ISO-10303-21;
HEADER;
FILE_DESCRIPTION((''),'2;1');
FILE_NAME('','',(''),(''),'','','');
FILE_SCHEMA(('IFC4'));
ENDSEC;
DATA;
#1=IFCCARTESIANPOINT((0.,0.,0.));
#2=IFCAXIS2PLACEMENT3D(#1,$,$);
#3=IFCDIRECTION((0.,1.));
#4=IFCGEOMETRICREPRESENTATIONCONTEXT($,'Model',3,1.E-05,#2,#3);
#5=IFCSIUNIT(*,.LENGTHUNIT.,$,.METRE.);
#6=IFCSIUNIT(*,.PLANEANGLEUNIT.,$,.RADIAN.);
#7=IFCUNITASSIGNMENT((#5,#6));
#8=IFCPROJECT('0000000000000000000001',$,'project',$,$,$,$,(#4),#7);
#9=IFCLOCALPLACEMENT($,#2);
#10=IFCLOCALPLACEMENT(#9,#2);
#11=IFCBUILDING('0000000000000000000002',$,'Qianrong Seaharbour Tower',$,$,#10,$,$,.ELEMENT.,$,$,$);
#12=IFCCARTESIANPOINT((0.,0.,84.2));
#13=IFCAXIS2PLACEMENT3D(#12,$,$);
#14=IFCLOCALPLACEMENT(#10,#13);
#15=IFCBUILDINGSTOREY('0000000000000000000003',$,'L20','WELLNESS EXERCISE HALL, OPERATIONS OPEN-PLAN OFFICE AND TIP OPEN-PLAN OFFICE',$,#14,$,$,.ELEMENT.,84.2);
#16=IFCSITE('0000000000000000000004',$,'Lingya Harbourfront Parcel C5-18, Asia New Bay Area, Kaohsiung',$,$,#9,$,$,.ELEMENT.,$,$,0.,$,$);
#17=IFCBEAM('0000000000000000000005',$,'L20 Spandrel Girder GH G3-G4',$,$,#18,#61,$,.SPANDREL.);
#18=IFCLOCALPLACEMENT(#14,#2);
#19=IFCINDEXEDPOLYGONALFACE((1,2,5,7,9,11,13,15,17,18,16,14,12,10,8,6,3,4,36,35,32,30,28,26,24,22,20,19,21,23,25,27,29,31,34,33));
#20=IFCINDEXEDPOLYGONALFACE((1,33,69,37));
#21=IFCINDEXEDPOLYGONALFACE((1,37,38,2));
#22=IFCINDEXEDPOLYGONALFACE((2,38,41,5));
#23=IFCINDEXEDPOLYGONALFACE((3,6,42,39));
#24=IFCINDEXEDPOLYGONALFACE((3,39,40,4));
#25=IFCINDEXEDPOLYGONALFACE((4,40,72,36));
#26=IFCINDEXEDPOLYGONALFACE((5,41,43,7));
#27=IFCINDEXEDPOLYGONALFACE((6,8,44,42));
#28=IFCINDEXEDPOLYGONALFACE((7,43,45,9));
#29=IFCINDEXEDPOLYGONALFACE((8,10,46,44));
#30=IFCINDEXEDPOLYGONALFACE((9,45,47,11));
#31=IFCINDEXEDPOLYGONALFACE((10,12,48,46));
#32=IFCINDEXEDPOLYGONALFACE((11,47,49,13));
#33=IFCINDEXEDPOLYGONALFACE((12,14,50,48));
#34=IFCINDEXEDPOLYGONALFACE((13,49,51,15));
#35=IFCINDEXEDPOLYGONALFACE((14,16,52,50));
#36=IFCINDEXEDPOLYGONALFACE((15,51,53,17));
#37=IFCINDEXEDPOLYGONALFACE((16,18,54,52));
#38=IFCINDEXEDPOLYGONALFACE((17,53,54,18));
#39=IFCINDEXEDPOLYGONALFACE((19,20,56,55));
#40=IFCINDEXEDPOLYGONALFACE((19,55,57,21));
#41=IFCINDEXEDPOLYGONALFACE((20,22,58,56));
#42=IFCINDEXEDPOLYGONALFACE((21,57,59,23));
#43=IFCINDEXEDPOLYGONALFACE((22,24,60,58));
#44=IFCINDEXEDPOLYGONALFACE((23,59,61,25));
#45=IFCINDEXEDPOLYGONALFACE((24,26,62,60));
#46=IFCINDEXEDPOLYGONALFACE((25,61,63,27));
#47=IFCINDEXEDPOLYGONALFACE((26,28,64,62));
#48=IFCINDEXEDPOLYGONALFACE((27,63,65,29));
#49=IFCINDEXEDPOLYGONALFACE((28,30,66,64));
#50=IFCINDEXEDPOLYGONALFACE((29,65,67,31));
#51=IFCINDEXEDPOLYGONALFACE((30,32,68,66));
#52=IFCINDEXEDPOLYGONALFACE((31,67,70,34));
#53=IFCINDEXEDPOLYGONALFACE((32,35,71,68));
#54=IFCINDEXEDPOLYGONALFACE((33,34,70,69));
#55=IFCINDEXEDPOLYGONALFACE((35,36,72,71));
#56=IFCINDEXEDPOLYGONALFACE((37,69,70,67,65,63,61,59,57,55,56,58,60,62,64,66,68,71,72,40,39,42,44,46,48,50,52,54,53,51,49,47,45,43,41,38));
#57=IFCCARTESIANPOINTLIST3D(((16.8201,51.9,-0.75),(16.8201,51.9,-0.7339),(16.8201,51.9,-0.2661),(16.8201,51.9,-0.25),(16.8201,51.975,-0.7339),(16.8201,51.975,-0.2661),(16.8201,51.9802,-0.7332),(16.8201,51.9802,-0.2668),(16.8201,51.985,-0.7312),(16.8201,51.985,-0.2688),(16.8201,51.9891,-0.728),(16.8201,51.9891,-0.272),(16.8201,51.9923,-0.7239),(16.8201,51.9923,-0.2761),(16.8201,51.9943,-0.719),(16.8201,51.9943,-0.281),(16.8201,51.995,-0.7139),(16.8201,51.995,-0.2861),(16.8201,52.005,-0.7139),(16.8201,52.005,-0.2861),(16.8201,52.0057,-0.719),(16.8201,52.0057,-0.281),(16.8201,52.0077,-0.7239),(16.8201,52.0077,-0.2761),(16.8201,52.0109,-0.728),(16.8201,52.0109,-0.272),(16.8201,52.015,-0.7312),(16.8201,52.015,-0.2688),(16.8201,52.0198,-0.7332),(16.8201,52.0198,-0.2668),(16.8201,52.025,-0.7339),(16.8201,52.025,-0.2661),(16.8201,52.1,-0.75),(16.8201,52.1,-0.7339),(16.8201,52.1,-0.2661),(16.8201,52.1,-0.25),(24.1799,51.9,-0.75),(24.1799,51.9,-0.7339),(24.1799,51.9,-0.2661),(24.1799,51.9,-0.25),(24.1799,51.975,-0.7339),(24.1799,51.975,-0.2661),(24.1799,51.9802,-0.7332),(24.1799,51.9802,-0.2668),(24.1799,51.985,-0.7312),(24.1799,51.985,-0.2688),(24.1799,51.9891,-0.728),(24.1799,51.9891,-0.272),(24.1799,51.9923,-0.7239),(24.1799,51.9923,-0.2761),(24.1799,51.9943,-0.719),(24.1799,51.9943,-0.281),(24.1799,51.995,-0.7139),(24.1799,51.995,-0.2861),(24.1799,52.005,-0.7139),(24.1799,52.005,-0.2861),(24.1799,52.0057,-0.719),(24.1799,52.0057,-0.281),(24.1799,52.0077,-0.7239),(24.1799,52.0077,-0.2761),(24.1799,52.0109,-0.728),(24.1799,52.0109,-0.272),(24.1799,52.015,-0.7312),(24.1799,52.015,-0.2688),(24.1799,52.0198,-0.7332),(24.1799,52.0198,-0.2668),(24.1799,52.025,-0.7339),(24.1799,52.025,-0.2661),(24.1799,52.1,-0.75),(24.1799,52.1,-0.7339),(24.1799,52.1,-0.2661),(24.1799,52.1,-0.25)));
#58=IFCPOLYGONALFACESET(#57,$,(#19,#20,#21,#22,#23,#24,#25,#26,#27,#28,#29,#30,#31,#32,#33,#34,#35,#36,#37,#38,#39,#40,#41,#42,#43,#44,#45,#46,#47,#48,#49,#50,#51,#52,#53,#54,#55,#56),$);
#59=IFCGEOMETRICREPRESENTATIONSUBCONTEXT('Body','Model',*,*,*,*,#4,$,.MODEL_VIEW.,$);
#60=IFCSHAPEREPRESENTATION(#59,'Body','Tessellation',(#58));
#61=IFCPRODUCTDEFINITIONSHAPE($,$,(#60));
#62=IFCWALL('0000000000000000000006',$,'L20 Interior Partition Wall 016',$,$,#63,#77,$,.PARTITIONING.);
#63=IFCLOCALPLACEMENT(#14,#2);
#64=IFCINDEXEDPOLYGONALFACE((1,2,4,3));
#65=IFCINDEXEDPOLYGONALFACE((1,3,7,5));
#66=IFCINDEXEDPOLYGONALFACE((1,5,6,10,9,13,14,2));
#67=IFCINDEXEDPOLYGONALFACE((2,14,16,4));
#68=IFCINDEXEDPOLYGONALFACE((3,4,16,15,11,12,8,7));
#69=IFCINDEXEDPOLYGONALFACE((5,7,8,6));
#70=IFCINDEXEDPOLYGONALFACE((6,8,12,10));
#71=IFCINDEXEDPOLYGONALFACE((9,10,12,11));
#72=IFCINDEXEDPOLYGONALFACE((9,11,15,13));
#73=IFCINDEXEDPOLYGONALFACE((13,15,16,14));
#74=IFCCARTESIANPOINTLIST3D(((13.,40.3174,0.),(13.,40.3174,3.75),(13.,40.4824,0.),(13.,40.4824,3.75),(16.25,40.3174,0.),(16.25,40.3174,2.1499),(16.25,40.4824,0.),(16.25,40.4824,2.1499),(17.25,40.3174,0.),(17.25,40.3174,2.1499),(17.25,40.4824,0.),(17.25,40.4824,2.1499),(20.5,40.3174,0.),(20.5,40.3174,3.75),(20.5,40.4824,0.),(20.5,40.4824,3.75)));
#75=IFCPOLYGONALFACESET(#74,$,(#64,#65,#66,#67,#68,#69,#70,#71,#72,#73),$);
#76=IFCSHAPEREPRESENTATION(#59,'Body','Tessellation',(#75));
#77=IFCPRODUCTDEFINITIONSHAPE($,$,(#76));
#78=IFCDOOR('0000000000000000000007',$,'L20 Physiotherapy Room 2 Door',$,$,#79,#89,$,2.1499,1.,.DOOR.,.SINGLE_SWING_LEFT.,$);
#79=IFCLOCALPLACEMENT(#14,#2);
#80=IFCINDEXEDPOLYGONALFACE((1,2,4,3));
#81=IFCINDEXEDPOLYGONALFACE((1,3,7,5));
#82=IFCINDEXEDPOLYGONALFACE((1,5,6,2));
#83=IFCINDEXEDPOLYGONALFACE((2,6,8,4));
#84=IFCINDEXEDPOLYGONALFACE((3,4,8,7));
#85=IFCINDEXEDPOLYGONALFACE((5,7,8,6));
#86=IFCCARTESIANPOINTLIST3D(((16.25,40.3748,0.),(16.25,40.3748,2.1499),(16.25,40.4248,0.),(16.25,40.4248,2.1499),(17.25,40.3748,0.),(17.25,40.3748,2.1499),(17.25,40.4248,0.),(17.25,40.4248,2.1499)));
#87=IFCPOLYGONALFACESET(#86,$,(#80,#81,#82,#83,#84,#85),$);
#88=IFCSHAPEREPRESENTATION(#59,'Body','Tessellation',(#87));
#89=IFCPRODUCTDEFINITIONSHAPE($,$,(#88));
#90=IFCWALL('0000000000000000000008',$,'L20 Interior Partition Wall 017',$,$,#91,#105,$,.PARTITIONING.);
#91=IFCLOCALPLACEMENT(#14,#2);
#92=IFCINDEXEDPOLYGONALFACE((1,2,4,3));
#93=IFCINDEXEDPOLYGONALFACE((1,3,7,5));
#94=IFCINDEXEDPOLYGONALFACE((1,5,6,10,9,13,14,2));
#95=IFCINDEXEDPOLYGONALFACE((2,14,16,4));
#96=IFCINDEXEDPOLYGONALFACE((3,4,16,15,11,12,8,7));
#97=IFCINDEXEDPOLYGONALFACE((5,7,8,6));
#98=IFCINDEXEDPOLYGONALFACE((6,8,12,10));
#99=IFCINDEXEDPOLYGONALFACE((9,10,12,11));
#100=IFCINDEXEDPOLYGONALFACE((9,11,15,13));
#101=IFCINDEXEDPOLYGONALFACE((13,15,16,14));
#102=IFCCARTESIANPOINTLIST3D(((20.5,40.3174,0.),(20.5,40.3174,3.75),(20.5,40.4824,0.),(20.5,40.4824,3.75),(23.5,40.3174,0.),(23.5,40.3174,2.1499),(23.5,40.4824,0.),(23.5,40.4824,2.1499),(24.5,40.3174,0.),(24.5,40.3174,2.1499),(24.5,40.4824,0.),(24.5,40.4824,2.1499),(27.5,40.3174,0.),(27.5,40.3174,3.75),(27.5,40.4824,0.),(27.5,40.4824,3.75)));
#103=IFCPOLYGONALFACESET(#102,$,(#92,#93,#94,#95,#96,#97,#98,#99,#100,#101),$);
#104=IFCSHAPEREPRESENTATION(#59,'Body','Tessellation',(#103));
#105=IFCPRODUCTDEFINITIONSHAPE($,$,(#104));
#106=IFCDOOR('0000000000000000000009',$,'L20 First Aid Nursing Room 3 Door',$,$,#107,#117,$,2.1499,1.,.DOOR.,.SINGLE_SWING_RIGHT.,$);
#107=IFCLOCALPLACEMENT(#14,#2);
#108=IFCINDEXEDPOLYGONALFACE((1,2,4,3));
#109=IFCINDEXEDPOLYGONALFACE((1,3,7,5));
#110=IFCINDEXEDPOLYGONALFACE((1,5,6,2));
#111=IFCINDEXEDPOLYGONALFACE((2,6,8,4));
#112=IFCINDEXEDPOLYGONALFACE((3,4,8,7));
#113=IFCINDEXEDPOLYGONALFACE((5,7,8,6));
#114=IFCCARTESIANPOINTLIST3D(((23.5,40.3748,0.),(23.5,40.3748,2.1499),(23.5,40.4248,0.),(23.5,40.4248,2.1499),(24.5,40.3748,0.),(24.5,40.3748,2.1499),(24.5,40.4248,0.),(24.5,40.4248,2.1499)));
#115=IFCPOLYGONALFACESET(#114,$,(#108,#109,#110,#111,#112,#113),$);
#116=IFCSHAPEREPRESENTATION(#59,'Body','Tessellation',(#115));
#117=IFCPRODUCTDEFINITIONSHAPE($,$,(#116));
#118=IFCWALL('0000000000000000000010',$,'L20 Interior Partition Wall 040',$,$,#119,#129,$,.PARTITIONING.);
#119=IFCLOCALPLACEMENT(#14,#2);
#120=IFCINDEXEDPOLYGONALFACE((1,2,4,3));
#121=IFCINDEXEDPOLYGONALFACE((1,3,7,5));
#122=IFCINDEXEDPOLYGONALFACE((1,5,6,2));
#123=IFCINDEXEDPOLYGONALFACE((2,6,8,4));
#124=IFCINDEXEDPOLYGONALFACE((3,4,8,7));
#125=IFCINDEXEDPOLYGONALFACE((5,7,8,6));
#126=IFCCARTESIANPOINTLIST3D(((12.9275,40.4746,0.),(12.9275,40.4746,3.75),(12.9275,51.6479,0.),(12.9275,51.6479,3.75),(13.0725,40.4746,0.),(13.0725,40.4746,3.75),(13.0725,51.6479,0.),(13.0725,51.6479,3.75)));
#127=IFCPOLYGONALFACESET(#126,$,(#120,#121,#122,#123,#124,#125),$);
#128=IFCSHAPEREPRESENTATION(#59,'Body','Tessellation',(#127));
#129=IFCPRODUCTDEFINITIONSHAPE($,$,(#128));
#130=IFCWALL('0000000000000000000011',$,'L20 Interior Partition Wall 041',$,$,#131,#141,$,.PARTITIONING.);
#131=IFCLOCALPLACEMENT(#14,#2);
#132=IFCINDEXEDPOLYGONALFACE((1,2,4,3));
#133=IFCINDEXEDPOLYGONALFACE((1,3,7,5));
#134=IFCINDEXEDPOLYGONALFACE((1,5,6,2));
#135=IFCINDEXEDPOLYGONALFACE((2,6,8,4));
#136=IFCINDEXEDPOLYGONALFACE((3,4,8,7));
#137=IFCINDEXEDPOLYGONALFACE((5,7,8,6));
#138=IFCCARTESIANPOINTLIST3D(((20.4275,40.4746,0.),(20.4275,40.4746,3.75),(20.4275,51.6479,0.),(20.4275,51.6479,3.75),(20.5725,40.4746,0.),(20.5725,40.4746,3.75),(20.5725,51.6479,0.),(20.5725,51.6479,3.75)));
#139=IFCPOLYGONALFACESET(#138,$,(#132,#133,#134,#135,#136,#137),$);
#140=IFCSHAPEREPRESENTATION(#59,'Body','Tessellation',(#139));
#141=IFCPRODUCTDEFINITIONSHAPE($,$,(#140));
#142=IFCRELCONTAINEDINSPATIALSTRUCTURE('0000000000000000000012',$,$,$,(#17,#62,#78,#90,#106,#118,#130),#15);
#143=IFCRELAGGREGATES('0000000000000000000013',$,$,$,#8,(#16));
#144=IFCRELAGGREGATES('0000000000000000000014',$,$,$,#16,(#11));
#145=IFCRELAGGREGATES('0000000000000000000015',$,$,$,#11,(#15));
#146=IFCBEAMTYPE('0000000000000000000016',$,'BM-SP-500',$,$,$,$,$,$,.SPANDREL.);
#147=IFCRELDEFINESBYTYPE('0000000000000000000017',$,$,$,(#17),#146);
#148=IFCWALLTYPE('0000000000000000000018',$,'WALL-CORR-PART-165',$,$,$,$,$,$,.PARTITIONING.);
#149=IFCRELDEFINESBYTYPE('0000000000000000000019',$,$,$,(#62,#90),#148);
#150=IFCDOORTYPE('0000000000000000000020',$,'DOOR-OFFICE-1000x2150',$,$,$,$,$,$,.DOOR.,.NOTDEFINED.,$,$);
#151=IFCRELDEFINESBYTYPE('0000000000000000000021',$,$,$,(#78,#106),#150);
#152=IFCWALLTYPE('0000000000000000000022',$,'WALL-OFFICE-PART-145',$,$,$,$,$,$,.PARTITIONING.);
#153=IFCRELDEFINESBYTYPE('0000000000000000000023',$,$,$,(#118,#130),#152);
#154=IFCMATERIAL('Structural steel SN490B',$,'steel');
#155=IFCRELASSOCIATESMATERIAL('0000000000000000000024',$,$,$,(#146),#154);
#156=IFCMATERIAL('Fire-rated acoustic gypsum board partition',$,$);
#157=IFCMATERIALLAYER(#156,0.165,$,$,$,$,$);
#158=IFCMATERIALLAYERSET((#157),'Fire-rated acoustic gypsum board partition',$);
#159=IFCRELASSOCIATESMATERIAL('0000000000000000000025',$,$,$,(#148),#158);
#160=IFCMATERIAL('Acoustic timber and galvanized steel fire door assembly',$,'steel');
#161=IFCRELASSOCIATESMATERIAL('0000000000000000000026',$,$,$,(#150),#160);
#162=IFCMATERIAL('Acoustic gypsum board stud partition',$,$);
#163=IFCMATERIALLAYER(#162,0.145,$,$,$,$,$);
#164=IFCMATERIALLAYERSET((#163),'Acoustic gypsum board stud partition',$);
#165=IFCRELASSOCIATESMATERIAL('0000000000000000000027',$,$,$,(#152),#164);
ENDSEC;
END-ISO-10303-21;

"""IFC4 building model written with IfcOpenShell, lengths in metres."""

from ifc_helpers import new_model, si_unit, direction, frame, frame_2d, origin, origin_2d, place, context, subcontext, project, spatial, rectangle, i_section, extrude, material, layer, layer_set, material_profile, profile_set, type_object, element, fill, save


model = new_model("IFC4")

# Units and contexts
model_context = context("Model", 3, precision=1e-05, world=origin(), true_north=direction((0.0, 1.0)))
body_context = subcontext(model_context, "Body", "Model", "MODEL_VIEW")
ifc_project = project(units=[si_unit("LENGTHUNIT", "METRE"), si_unit("PLANEANGLEUNIT", "RADIAN")], contexts=[model_context])

# Site, building, storey
site_placement = place(None, origin())
site = spatial("IfcSite", under=ifc_project, at=site_placement, Name="Lingya Harbourfront Parcel C5-18, Asia New Bay Area, Kaohsiung", CompositionType="ELEMENT", RefElevation=0.0)
building_placement = place(site_placement, origin())
building = spatial("IfcBuilding", under=site, at=building_placement, Name="Qianrong Seaharbour Tower", CompositionType="ELEMENT")
storey_placement = place(building_placement, frame((0.0, 0.0, 84.2)))
storey = spatial("IfcBuildingStorey", under=building, at=storey_placement, Name="L20", Description="WELLNESS EXERCISE HALL, OPERATIONS OPEN-PLAN OFFICE AND TIP OPEN-PLAN OFFICE", CompositionType="ELEMENT", Elevation=84.2)

# Shared definitions
ifc_material_1 = material(Name="Structural steel SN490B", Category="steel")

# Beam
ifc_material_profile_1 = material_profile(ifc_material_1, i_section(OverallWidth=0.2, OverallDepth=0.5, WebThickness=0.01, FlangeThickness=0.0161, FilletRadius=0.02, at=origin_2d()), Name="H500x200x10x16")
ifc_profile_set_1 = profile_set([ifc_material_profile_1], Name="Structural steel SN490B")
beam_type_1 = type_object("IfcBeamType", Name="BM-SP-500", PredefinedType="SPANDREL", material=ifc_profile_set_1)
beam_1_placement = place(storey_placement, frame((16.8201, 52.0, -0.5), z_axis=(1.0, 0.0, 0.0), x_axis=(0.0, 1.0, 0.0)))
element("IfcBeam", 1, at=beam_1_placement, inside=storey, type_object=beam_type_1, Name="L20 Spandrel Girder GH G3-G4", PredefinedType="SPANDREL", context=body_context, shape_type="SweptSolid", body=[
    extrude(i_section(OverallWidth=0.2, OverallDepth=0.5, WebThickness=0.01, FlangeThickness=0.0161, FilletRadius=0.02, at=origin_2d()), origin(), (0.0, 0.0, 1.0), 7.3599),
])

# Walls, openings, doors
ifc_material_2 = material(Name="Fire-rated acoustic gypsum board partition")
ifc_layer_1 = layer(ifc_material_2, 0.165)
ifc_layer_set_1 = layer_set([ifc_layer_1], Name="Fire-rated acoustic gypsum board partition")
wall_type_1 = type_object("IfcWallType", Name="WALL-CORR-PART-165", PredefinedType="PARTITIONING", material=ifc_layer_set_1)
wall_1_placement = place(storey_placement, frame((13.0, 40.3999, 0.0), z_axis=(0.0, 0.0, 1.0), x_axis=(1.0, 0.0, 0.0)))
wall_1 = element("IfcWall", 2, at=wall_1_placement, inside=storey, type_object=wall_type_1, Name="L20 Interior Partition Wall 016", PredefinedType="PARTITIONING", context=body_context, shape_type="SweptSolid", body=[
    extrude(rectangle(XDim=7.5, YDim=0.165, at=frame_2d((3.75, 0.0))), origin(), (0.0, 0.0, 1.0), 3.75),
])
opening_1_placement = place(wall_1_placement, frame((3.25, 0.0, 0.0)))
opening_1 = element("IfcOpeningElement", 3, at=opening_1_placement, cuts=wall_1, PredefinedType="OPENING", context=body_context, shape_type="SweptSolid", body=[
    extrude(rectangle(XDim=1.0, YDim=2.1499, at=frame_2d((0.5, 1.075))), frame((0.0, 0.0925, 0.0), z_axis=(0.0, -1.0, 0.0), x_axis=(1.0, 0.0, 0.0)), (0.0, 0.0, 1.0), 0.1851),
])
ifc_material_3 = material(Name="Acoustic timber and galvanized steel fire door assembly", Category="steel")
door_type = type_object("IfcDoorType", Name="DOOR-OFFICE-1000x2150", OperationType="NOTDEFINED", PredefinedType="DOOR", material=ifc_material_3)
door_1_placement = place(opening_1_placement, origin())
door_1 = element("IfcDoor", 4, at=door_1_placement, inside=storey, type_object=door_type, Name="L20 Physiotherapy Room 2 Door", OperationType="SINGLE_SWING_LEFT", OverallHeight=2.1499, OverallWidth=1.0, PredefinedType="DOOR", context=body_context, shape_type="SweptSolid", body=[
    extrude(rectangle(XDim=1.0, YDim=2.1499, at=frame_2d((0.5, 1.075))), frame((0.0, 0.0249, 0.0), z_axis=(0.0, -1.0, 0.0), x_axis=(1.0, 0.0, 0.0)), (0.0, 0.0, 1.0), 0.05),
])
fill(opening_1, door_1)
wall_2_placement = place(storey_placement, frame((20.5, 40.3999, 0.0), z_axis=(0.0, 0.0, 1.0), x_axis=(1.0, 0.0, 0.0)))
wall_2 = element("IfcWall", 5, at=wall_2_placement, inside=storey, type_object=wall_type_1, Name="L20 Interior Partition Wall 017", PredefinedType="PARTITIONING", context=body_context, shape_type="SweptSolid", body=[
    extrude(rectangle(XDim=7.0, YDim=0.165, at=frame_2d((3.5, 0.0))), origin(), (0.0, 0.0, 1.0), 3.75),
])
opening_2_placement = place(wall_2_placement, frame((3.0, 0.0, 0.0)))
opening_2 = element("IfcOpeningElement", 6, at=opening_2_placement, cuts=wall_2, PredefinedType="OPENING", context=body_context, shape_type="SweptSolid", body=[
    extrude(rectangle(XDim=1.0, YDim=2.1499, at=frame_2d((0.5, 1.075))), frame((0.0, 0.0925, 0.0), z_axis=(0.0, -1.0, 0.0), x_axis=(1.0, 0.0, 0.0)), (0.0, 0.0, 1.0), 0.1851),
])
door_2_placement = place(opening_2_placement, origin())
door_2 = element("IfcDoor", 7, at=door_2_placement, inside=storey, type_object=door_type, Name="L20 First Aid Nursing Room 3 Door", OperationType="SINGLE_SWING_RIGHT", OverallHeight=2.1499, OverallWidth=1.0, PredefinedType="DOOR", context=body_context, shape_type="SweptSolid", body=[
    extrude(rectangle(XDim=1.0, YDim=2.1499, at=frame_2d((0.5, 1.075))), frame((0.0, 0.0249, 0.0), z_axis=(0.0, -1.0, 0.0), x_axis=(1.0, 0.0, 0.0)), (0.0, 0.0, 1.0), 0.05),
])
fill(opening_2, door_2)

# Walls
ifc_material_4 = material(Name="Acoustic gypsum board stud partition")
ifc_layer_2 = layer(ifc_material_4, 0.145)
ifc_layer_set_2 = layer_set([ifc_layer_2], Name="Acoustic gypsum board stud partition")
wall_type_2 = type_object("IfcWallType", Name="WALL-OFFICE-PART-145", PredefinedType="PARTITIONING", material=ifc_layer_set_2)
for number, where, z_axis, x_axis, name in (
    (8, (13.0, 51.6479, 0.0), (0.0, 0.0, 1.0), (0.0, -1.0, 0.0), "L20 Interior Partition Wall 040"),
    (9, (20.5, 51.6479, 0.0), (0.0, 0.0, 1.0), (0.0, -1.0, 0.0), "L20 Interior Partition Wall 041"),
):
    element("IfcWall", number, at=place(storey_placement, frame(where, z_axis=z_axis, x_axis=x_axis)), inside=storey, type_object=wall_type_2, Name=name, PredefinedType="PARTITIONING", context=body_context, shape_type="SweptSolid", body=[
        extrude(rectangle(XDim=11.1733, YDim=0.145, at=frame_2d((5.5867, 0.0))), origin(), (0.0, 0.0, 1.0), 3.75),
    ])

save(model, "model.ifc")
